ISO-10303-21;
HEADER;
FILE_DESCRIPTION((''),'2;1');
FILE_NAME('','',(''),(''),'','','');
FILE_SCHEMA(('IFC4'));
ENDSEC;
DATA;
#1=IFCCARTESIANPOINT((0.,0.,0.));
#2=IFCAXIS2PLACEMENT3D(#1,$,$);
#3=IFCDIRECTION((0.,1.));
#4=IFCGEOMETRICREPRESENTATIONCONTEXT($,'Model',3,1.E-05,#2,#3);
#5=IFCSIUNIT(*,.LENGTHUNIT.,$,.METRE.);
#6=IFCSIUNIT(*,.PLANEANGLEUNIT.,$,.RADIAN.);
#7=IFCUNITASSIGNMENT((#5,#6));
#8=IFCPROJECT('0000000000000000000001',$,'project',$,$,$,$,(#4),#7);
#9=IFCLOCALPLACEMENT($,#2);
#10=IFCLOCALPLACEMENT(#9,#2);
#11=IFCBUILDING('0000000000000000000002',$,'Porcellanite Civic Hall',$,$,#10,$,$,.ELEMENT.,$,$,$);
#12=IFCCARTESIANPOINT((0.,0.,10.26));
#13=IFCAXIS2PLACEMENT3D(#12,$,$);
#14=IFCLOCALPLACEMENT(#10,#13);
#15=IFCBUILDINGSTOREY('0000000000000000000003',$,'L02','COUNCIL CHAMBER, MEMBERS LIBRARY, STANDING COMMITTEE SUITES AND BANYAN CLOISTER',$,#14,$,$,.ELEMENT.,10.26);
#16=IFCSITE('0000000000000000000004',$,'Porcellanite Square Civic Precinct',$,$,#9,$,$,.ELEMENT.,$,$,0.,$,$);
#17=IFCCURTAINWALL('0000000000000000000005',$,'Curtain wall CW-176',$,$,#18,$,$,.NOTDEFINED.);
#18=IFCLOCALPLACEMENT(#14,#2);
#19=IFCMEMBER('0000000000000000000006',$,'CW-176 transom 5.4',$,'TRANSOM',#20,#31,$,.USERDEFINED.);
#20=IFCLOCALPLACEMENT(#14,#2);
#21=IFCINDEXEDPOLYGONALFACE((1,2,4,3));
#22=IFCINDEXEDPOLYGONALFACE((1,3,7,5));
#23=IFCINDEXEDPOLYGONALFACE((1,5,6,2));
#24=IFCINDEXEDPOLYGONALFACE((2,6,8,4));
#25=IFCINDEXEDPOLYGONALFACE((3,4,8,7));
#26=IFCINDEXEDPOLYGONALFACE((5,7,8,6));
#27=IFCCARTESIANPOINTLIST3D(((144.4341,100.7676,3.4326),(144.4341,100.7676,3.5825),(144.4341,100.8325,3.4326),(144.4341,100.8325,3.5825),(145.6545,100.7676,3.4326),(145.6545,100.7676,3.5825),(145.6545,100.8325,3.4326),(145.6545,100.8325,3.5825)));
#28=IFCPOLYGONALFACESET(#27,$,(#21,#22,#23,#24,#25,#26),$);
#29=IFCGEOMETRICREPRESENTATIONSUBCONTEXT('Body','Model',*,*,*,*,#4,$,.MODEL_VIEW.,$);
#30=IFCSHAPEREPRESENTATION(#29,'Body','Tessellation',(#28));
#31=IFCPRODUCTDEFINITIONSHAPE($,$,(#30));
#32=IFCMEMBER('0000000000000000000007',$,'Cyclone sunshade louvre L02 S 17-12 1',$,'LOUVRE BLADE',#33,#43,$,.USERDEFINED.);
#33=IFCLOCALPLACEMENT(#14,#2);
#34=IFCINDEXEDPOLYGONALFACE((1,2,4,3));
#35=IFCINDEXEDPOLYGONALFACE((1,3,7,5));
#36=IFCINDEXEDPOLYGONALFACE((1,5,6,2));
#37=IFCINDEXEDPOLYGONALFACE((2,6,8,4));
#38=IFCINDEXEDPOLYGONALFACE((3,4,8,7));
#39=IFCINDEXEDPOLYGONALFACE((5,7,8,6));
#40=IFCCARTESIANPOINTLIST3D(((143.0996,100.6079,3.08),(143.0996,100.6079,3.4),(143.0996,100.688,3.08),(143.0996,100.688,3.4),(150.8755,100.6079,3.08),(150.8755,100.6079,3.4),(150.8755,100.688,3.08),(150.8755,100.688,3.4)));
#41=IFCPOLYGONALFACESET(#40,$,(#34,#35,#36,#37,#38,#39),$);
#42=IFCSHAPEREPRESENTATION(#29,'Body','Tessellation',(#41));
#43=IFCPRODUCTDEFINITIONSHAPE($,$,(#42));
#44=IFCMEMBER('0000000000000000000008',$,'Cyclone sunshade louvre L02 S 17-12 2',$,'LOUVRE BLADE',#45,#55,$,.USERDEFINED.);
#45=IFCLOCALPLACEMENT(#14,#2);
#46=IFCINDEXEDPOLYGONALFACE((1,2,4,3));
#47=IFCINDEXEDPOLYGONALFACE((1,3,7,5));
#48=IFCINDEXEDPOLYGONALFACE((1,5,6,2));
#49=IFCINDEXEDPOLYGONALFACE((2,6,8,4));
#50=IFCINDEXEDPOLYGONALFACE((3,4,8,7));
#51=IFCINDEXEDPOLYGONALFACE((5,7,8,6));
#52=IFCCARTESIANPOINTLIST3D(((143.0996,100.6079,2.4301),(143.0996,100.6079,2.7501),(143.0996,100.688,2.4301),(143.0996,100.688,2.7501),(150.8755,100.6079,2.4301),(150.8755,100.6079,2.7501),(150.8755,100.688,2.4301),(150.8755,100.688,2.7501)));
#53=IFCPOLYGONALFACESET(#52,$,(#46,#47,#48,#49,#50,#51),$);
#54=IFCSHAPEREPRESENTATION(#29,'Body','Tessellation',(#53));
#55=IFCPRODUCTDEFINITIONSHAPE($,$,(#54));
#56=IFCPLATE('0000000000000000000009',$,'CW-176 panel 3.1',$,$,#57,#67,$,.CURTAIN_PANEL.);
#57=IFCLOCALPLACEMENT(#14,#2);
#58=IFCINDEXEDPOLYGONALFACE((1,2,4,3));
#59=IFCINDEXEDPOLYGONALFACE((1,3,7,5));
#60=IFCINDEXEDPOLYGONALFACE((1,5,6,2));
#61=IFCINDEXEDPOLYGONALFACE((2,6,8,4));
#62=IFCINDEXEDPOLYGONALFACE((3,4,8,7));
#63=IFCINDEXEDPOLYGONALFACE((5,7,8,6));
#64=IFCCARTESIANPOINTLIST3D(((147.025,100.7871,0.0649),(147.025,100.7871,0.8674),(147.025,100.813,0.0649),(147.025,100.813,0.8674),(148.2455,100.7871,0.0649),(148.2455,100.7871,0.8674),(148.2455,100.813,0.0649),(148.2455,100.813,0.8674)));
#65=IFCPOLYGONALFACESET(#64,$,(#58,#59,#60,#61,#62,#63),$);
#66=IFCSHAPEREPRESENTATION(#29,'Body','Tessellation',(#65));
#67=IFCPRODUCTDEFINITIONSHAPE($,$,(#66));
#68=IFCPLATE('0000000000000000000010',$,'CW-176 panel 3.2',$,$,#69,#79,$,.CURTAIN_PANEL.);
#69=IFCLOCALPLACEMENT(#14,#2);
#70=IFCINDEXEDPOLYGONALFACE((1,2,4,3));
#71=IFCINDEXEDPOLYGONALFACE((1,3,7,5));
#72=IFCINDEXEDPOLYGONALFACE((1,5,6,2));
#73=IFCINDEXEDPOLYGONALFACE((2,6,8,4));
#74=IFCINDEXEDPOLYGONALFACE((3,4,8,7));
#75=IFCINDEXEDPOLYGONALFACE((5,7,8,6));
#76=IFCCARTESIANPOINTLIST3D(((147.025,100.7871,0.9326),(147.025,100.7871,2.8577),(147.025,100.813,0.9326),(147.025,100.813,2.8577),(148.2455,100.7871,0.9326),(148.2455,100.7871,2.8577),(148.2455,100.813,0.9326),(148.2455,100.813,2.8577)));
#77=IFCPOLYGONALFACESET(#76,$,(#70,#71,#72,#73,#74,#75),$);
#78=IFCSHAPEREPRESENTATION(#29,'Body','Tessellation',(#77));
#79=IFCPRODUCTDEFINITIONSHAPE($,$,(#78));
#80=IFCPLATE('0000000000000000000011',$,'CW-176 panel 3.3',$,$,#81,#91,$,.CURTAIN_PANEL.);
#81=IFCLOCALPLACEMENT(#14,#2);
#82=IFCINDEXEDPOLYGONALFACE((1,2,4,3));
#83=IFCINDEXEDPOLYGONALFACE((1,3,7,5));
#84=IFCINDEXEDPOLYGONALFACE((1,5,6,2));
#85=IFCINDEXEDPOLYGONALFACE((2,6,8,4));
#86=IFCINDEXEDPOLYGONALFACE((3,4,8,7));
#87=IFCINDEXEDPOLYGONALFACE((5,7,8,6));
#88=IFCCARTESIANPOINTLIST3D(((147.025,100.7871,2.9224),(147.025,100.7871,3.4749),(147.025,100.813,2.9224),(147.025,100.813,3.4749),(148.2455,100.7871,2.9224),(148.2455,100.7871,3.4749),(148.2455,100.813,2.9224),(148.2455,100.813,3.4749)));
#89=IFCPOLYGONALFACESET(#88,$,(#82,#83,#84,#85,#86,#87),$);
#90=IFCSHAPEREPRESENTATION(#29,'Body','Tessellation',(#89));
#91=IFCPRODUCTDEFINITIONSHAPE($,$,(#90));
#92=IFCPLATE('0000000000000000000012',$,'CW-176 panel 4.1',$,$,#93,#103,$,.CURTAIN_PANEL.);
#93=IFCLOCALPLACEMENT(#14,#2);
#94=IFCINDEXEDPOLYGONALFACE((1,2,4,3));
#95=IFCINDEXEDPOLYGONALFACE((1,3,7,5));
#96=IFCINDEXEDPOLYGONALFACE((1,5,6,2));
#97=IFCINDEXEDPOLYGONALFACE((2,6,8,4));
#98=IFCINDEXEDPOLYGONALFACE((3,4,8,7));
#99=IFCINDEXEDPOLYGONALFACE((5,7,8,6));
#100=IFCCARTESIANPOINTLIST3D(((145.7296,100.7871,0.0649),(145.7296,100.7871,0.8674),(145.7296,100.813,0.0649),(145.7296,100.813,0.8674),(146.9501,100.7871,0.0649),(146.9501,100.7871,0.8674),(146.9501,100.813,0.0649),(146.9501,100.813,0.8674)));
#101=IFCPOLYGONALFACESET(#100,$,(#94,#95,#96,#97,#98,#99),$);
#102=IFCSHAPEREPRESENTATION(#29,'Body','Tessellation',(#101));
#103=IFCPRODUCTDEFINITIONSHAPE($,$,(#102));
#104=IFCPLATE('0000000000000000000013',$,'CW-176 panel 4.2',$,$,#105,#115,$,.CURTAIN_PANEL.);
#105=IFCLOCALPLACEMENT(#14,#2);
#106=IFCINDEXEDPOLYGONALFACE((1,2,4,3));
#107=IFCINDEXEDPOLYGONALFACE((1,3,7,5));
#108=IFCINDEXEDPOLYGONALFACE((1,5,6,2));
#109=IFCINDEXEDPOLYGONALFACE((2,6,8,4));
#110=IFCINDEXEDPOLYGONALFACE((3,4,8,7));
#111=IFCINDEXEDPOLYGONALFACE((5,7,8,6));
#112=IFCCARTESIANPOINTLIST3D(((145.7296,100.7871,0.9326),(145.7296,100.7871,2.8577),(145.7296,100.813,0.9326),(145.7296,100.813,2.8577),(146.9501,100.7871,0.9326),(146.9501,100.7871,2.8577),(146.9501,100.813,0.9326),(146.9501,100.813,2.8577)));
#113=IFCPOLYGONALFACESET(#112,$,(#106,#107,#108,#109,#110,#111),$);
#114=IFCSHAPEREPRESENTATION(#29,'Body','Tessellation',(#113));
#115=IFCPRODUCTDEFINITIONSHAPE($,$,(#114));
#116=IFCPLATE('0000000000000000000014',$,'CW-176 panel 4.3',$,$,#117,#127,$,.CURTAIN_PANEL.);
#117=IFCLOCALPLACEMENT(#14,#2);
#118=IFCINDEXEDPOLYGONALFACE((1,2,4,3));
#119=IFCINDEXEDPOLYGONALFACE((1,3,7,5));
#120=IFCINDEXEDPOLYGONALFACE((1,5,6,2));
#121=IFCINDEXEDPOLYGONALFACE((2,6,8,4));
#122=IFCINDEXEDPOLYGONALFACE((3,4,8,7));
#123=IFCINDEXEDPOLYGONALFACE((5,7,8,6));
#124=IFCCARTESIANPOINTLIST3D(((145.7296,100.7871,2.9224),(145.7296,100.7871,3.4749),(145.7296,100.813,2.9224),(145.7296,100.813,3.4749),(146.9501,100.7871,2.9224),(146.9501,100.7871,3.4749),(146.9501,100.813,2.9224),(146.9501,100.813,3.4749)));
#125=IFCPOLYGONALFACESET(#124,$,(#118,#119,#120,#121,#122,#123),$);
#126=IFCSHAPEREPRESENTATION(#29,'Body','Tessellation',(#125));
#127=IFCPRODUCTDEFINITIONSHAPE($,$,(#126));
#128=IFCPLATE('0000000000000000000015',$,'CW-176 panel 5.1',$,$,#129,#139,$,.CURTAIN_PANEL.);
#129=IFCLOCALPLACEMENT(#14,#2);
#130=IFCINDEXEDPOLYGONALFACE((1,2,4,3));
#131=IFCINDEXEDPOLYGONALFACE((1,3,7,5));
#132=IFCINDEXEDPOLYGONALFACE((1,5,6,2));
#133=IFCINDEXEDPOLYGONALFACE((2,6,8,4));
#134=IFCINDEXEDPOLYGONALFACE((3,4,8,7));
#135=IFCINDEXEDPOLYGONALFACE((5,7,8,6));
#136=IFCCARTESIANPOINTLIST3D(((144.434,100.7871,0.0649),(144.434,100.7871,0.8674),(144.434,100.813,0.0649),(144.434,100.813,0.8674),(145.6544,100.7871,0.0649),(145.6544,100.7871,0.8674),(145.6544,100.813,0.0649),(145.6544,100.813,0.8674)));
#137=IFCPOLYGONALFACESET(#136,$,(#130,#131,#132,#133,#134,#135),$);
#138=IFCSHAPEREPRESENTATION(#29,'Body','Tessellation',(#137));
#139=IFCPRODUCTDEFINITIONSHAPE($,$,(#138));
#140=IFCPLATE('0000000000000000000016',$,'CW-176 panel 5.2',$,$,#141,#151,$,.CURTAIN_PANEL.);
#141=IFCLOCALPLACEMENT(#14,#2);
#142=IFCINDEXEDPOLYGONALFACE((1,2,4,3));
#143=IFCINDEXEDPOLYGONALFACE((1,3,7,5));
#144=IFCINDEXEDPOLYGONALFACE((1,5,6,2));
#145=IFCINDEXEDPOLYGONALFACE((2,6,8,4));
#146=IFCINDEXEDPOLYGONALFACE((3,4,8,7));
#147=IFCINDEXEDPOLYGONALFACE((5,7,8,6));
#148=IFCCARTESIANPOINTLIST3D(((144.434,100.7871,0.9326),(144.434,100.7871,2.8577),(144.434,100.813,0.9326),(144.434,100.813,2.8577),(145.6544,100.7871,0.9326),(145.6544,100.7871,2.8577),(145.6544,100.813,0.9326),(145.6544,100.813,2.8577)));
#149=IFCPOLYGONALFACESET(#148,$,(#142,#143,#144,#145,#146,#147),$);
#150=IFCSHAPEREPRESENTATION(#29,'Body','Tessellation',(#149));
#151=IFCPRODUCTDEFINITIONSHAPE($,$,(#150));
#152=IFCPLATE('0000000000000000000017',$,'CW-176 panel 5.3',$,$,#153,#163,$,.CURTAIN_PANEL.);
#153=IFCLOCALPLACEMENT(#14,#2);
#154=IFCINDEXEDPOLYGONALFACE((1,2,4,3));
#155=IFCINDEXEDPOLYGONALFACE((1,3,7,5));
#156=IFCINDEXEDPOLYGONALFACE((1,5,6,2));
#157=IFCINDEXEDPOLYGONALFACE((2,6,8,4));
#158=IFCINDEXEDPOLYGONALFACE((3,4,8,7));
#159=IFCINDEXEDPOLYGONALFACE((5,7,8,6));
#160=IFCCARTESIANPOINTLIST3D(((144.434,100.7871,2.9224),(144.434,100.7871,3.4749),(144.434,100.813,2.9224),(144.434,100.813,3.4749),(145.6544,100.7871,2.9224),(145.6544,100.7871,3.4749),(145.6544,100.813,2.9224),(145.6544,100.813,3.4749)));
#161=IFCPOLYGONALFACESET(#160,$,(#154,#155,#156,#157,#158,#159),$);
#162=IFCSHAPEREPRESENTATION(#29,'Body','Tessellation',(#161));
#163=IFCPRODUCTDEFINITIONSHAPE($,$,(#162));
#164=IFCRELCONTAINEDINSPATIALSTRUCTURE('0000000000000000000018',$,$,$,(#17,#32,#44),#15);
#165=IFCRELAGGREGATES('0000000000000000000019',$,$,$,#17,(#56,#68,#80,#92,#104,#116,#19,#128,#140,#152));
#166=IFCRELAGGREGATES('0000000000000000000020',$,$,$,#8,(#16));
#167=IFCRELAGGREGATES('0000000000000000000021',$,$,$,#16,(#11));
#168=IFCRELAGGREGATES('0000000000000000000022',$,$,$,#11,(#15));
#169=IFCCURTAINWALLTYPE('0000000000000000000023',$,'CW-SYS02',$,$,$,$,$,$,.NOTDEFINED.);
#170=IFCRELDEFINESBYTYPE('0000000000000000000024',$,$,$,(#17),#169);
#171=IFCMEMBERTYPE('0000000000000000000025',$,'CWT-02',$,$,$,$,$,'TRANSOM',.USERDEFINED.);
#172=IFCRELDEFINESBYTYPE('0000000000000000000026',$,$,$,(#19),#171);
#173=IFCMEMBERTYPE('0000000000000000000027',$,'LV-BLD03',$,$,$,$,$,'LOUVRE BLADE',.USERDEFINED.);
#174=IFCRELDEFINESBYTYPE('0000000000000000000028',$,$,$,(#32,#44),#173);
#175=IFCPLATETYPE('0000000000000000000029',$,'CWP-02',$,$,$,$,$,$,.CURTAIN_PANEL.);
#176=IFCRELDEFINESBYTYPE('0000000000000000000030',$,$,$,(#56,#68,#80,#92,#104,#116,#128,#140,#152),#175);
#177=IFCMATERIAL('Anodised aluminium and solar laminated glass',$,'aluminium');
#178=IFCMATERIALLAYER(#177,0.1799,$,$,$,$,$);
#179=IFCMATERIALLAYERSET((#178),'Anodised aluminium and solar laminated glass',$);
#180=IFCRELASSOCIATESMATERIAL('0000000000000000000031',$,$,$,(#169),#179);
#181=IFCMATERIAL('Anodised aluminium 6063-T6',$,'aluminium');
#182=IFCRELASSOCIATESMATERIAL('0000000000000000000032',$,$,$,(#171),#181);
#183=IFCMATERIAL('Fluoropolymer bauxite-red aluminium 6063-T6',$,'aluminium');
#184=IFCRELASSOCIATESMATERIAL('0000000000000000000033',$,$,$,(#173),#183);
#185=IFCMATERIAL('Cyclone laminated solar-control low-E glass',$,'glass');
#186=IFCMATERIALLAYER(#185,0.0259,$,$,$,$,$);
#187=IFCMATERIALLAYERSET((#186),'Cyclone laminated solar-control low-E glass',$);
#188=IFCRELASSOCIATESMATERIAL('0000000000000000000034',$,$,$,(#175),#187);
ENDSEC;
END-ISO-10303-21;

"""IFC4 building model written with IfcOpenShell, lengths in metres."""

from ifc_helpers import new_model, si_unit, direction, frame, origin, origin_2d, place, context, subcontext, project, spatial, rectangle, extrude, material, layer, layer_set, material_profile, profile_set, type_object, element, aggregate, save


model = new_model("IFC4")

# Units and contexts
model_context = context("Model", 3, precision=1e-05, world=origin(), true_north=direction((0.0, 1.0)))
body_context = subcontext(model_context, "Body", "Model", "MODEL_VIEW")
ifc_project = project(units=[si_unit("LENGTHUNIT", "METRE"), si_unit("PLANEANGLEUNIT", "RADIAN")], contexts=[model_context])

# Site, building, storey
site_placement = place(None, origin())
site = spatial("IfcSite", under=ifc_project, at=site_placement, Name="Porcellanite Square Civic Precinct", CompositionType="ELEMENT", RefElevation=0.0)
building_placement = place(site_placement, origin())
building = spatial("IfcBuilding", under=site, at=building_placement, Name="Porcellanite Civic Hall", CompositionType="ELEMENT")
storey_placement = place(building_placement, frame((0.0, 0.0, 10.26)))
storey = spatial("IfcBuildingStorey", under=building, at=storey_placement, Name="L02", Description="COUNCIL CHAMBER, MEMBERS LIBRARY, STANDING COMMITTEE SUITES AND BANYAN CLOISTER", CompositionType="ELEMENT", Elevation=10.26)

# Curtain wall, member
ifc_material_1 = material(Name="Anodised aluminium and solar laminated glass", Category="aluminium")
ifc_layer_1 = layer(ifc_material_1, 0.1799)
ifc_layer_set_1 = layer_set([ifc_layer_1], Name="Anodised aluminium and solar laminated glass")
curtain_wall_type = type_object("IfcCurtainWallType", Name="CW-SYS02", PredefinedType="NOTDEFINED", material=ifc_layer_set_1)
curtain_wall_placement = place(storey_placement, origin())
curtain_wall = element("IfcCurtainWall", 1, at=curtain_wall_placement, inside=storey, type_object=curtain_wall_type, Name="Curtain wall CW-176", PredefinedType="NOTDEFINED")
ifc_material_2 = material(Name="Anodised aluminium 6063-T6", Category="aluminium")
ifc_material_profile_1 = material_profile(ifc_material_2, rectangle(XDim=0.0649, YDim=0.1499, at=origin_2d()), Name="AL-65x150")
ifc_profile_set_1 = profile_set([ifc_material_profile_1], Name="Anodised aluminium 6063-T6")
member_type_1 = type_object("IfcMemberType", Name="CWT-02", ElementType="TRANSOM", PredefinedType="USERDEFINED", material=ifc_profile_set_1)
member_1_placement = place(storey_placement, frame((145.6545, 100.8, 3.5076), z_axis=(-1.0, 0.0, 0.0), x_axis=(0.0, -1.0, 0.0)))
member_1 = element("IfcMember", 2, at=member_1_placement, type_object=member_type_1, Name="CW-176 transom 5.4", ObjectType="TRANSOM", PredefinedType="USERDEFINED", context=body_context, shape_type="SweptSolid", body=[
    extrude(rectangle(XDim=0.0649, YDim=0.1499, at=origin_2d()), origin(), (0.0, 0.0, 1.0), 1.2205),
])

# Members
ifc_material_3 = material(Name="Fluoropolymer bauxite-red aluminium 6063-T6", Category="aluminium")
ifc_material_profile_2 = material_profile(ifc_material_3, rectangle(XDim=0.0801, YDim=0.3201, at=origin_2d()), Name="AL-80x320")
ifc_profile_set_2 = profile_set([ifc_material_profile_2], Name="Fluoropolymer bauxite-red aluminium 6063-T6")
member_type_2 = type_object("IfcMemberType", Name="LV-BLD03", ElementType="LOUVRE BLADE", PredefinedType="USERDEFINED", material=ifc_profile_set_2)
for number, where, z_axis, x_axis, name in (
    (3, (150.8755, 100.6479, 3.24), (-1.0, 0.0, 0.0), (0.0, -1.0, 0.0), "Cyclone sunshade louvre L02 S 17-12 1"),
    (4, (150.8755, 100.6479, 2.5901), (-1.0, 0.0, 0.0), (0.0, -1.0, 0.0), "Cyclone sunshade louvre L02 S 17-12 2"),
):
    element("IfcMember", number, at=place(storey_placement, frame(where, z_axis=z_axis, x_axis=x_axis)), inside=storey, type_object=member_type_2, Name=name, ObjectType="LOUVRE BLADE", PredefinedType="USERDEFINED", context=body_context, shape_type="SweptSolid", body=[
        extrude(rectangle(XDim=0.0801, YDim=0.3201, at=origin_2d()), origin(), (0.0, 0.0, 1.0), 7.7759),
    ])

# Plates
ifc_material_4 = material(Name="Cyclone laminated solar-control low-E glass", Category="glass")
ifc_layer_2 = layer(ifc_material_4, 0.0259)
ifc_layer_set_2 = layer_set([ifc_layer_2], Name="Cyclone laminated solar-control low-E glass")
plate_type = type_object("IfcPlateType", Name="CWP-02", PredefinedType="CURTAIN_PANEL", material=ifc_layer_set_2)
plate_1_placement = place(storey_placement, frame((147.6353, 100.8, 0.0649), z_axis=(0.0, 0.0, 1.0), x_axis=(-1.0, 0.0, 0.0)))
plate_1 = element("IfcPlate", 5, at=plate_1_placement, type_object=plate_type, Name="CW-176 panel 3.1", PredefinedType="CURTAIN_PANEL", context=body_context, shape_type="SweptSolid", body=[
    extrude(rectangle(XDim=1.2205, YDim=0.0259, at=origin_2d()), origin(), (0.0, 0.0, 1.0), 0.8025),
])
plate_2_placement = place(storey_placement, frame((147.6353, 100.8, 0.9326), z_axis=(0.0, 0.0, 1.0), x_axis=(-1.0, 0.0, 0.0)))
plate_2 = element("IfcPlate", 6, at=plate_2_placement, type_object=plate_type, Name="CW-176 panel 3.2", PredefinedType="CURTAIN_PANEL", context=body_context, shape_type="SweptSolid", body=[
    extrude(rectangle(XDim=1.2205, YDim=0.0259, at=origin_2d()), origin(), (0.0, 0.0, 1.0), 1.925),
])
plate_3_placement = place(storey_placement, frame((147.6353, 100.8, 2.9224), z_axis=(0.0, 0.0, 1.0), x_axis=(-1.0, 0.0, 0.0)))
plate_3 = element("IfcPlate", 7, at=plate_3_placement, type_object=plate_type, Name="CW-176 panel 3.3", PredefinedType="CURTAIN_PANEL", context=body_context, shape_type="SweptSolid", body=[
    extrude(rectangle(XDim=1.2205, YDim=0.0259, at=origin_2d()), origin(), (0.0, 0.0, 1.0), 0.5525),
])
plate_4_placement = place(storey_placement, frame((146.3398, 100.8, 0.0649), z_axis=(0.0, 0.0, 1.0), x_axis=(-1.0, 0.0, 0.0)))
plate_4 = element("IfcPlate", 8, at=plate_4_placement, type_object=plate_type, Name="CW-176 panel 4.1", PredefinedType="CURTAIN_PANEL", context=body_context, shape_type="SweptSolid", body=[
    extrude(rectangle(XDim=1.2205, YDim=0.0259, at=origin_2d()), origin(), (0.0, 0.0, 1.0), 0.8025),
])
plate_5_placement = place(storey_placement, frame((146.3398, 100.8, 0.9326), z_axis=(0.0, 0.0, 1.0), x_axis=(-1.0, 0.0, 0.0)))
plate_5 = element("IfcPlate", 9, at=plate_5_placement, type_object=plate_type, Name="CW-176 panel 4.2", PredefinedType="CURTAIN_PANEL", context=body_context, shape_type="SweptSolid", body=[
    extrude(rectangle(XDim=1.2205, YDim=0.0259, at=origin_2d()), origin(), (0.0, 0.0, 1.0), 1.925),
])
plate_6_placement = place(storey_placement, frame((146.3398, 100.8, 2.9224), z_axis=(0.0, 0.0, 1.0), x_axis=(-1.0, 0.0, 0.0)))
plate_6 = element("IfcPlate", 10, at=plate_6_placement, type_object=plate_type, Name="CW-176 panel 4.3", PredefinedType="CURTAIN_PANEL", context=body_context, shape_type="SweptSolid", body=[
    extrude(rectangle(XDim=1.2205, YDim=0.0259, at=origin_2d()), origin(), (0.0, 0.0, 1.0), 0.5525),
])
plate_7_placement = place(storey_placement, frame((145.0442, 100.8, 0.0649), z_axis=(0.0, 0.0, 1.0), x_axis=(-1.0, 0.0, 0.0)))
plate_7 = element("IfcPlate", 11, at=plate_7_placement, type_object=plate_type, Name="CW-176 panel 5.1", PredefinedType="CURTAIN_PANEL", context=body_context, shape_type="SweptSolid", body=[
    extrude(rectangle(XDim=1.2205, YDim=0.0259, at=origin_2d()), origin(), (0.0, 0.0, 1.0), 0.8025),
])
plate_8_placement = place(storey_placement, frame((145.0442, 100.8, 0.9326), z_axis=(0.0, 0.0, 1.0), x_axis=(-1.0, 0.0, 0.0)))
plate_8 = element("IfcPlate", 12, at=plate_8_placement, type_object=plate_type, Name="CW-176 panel 5.2", PredefinedType="CURTAIN_PANEL", context=body_context, shape_type="SweptSolid", body=[
    extrude(rectangle(XDim=1.2205, YDim=0.0259, at=origin_2d()), origin(), (0.0, 0.0, 1.0), 1.925),
])
plate_9_placement = place(storey_placement, frame((145.0442, 100.8, 2.9224), z_axis=(0.0, 0.0, 1.0), x_axis=(-1.0, 0.0, 0.0)))
plate_9 = element("IfcPlate", 13, at=plate_9_placement, type_object=plate_type, Name="CW-176 panel 5.3", PredefinedType="CURTAIN_PANEL", context=body_context, shape_type="SweptSolid", body=[
    extrude(rectangle(XDim=1.2205, YDim=0.0259, at=origin_2d()), origin(), (0.0, 0.0, 1.0), 0.5525),
])
aggregate(curtain_wall, [plate_1, plate_2, plate_3, plate_4, plate_5, plate_6, member_1, plate_7, plate_8, plate_9])

save(model, "model.ifc")
